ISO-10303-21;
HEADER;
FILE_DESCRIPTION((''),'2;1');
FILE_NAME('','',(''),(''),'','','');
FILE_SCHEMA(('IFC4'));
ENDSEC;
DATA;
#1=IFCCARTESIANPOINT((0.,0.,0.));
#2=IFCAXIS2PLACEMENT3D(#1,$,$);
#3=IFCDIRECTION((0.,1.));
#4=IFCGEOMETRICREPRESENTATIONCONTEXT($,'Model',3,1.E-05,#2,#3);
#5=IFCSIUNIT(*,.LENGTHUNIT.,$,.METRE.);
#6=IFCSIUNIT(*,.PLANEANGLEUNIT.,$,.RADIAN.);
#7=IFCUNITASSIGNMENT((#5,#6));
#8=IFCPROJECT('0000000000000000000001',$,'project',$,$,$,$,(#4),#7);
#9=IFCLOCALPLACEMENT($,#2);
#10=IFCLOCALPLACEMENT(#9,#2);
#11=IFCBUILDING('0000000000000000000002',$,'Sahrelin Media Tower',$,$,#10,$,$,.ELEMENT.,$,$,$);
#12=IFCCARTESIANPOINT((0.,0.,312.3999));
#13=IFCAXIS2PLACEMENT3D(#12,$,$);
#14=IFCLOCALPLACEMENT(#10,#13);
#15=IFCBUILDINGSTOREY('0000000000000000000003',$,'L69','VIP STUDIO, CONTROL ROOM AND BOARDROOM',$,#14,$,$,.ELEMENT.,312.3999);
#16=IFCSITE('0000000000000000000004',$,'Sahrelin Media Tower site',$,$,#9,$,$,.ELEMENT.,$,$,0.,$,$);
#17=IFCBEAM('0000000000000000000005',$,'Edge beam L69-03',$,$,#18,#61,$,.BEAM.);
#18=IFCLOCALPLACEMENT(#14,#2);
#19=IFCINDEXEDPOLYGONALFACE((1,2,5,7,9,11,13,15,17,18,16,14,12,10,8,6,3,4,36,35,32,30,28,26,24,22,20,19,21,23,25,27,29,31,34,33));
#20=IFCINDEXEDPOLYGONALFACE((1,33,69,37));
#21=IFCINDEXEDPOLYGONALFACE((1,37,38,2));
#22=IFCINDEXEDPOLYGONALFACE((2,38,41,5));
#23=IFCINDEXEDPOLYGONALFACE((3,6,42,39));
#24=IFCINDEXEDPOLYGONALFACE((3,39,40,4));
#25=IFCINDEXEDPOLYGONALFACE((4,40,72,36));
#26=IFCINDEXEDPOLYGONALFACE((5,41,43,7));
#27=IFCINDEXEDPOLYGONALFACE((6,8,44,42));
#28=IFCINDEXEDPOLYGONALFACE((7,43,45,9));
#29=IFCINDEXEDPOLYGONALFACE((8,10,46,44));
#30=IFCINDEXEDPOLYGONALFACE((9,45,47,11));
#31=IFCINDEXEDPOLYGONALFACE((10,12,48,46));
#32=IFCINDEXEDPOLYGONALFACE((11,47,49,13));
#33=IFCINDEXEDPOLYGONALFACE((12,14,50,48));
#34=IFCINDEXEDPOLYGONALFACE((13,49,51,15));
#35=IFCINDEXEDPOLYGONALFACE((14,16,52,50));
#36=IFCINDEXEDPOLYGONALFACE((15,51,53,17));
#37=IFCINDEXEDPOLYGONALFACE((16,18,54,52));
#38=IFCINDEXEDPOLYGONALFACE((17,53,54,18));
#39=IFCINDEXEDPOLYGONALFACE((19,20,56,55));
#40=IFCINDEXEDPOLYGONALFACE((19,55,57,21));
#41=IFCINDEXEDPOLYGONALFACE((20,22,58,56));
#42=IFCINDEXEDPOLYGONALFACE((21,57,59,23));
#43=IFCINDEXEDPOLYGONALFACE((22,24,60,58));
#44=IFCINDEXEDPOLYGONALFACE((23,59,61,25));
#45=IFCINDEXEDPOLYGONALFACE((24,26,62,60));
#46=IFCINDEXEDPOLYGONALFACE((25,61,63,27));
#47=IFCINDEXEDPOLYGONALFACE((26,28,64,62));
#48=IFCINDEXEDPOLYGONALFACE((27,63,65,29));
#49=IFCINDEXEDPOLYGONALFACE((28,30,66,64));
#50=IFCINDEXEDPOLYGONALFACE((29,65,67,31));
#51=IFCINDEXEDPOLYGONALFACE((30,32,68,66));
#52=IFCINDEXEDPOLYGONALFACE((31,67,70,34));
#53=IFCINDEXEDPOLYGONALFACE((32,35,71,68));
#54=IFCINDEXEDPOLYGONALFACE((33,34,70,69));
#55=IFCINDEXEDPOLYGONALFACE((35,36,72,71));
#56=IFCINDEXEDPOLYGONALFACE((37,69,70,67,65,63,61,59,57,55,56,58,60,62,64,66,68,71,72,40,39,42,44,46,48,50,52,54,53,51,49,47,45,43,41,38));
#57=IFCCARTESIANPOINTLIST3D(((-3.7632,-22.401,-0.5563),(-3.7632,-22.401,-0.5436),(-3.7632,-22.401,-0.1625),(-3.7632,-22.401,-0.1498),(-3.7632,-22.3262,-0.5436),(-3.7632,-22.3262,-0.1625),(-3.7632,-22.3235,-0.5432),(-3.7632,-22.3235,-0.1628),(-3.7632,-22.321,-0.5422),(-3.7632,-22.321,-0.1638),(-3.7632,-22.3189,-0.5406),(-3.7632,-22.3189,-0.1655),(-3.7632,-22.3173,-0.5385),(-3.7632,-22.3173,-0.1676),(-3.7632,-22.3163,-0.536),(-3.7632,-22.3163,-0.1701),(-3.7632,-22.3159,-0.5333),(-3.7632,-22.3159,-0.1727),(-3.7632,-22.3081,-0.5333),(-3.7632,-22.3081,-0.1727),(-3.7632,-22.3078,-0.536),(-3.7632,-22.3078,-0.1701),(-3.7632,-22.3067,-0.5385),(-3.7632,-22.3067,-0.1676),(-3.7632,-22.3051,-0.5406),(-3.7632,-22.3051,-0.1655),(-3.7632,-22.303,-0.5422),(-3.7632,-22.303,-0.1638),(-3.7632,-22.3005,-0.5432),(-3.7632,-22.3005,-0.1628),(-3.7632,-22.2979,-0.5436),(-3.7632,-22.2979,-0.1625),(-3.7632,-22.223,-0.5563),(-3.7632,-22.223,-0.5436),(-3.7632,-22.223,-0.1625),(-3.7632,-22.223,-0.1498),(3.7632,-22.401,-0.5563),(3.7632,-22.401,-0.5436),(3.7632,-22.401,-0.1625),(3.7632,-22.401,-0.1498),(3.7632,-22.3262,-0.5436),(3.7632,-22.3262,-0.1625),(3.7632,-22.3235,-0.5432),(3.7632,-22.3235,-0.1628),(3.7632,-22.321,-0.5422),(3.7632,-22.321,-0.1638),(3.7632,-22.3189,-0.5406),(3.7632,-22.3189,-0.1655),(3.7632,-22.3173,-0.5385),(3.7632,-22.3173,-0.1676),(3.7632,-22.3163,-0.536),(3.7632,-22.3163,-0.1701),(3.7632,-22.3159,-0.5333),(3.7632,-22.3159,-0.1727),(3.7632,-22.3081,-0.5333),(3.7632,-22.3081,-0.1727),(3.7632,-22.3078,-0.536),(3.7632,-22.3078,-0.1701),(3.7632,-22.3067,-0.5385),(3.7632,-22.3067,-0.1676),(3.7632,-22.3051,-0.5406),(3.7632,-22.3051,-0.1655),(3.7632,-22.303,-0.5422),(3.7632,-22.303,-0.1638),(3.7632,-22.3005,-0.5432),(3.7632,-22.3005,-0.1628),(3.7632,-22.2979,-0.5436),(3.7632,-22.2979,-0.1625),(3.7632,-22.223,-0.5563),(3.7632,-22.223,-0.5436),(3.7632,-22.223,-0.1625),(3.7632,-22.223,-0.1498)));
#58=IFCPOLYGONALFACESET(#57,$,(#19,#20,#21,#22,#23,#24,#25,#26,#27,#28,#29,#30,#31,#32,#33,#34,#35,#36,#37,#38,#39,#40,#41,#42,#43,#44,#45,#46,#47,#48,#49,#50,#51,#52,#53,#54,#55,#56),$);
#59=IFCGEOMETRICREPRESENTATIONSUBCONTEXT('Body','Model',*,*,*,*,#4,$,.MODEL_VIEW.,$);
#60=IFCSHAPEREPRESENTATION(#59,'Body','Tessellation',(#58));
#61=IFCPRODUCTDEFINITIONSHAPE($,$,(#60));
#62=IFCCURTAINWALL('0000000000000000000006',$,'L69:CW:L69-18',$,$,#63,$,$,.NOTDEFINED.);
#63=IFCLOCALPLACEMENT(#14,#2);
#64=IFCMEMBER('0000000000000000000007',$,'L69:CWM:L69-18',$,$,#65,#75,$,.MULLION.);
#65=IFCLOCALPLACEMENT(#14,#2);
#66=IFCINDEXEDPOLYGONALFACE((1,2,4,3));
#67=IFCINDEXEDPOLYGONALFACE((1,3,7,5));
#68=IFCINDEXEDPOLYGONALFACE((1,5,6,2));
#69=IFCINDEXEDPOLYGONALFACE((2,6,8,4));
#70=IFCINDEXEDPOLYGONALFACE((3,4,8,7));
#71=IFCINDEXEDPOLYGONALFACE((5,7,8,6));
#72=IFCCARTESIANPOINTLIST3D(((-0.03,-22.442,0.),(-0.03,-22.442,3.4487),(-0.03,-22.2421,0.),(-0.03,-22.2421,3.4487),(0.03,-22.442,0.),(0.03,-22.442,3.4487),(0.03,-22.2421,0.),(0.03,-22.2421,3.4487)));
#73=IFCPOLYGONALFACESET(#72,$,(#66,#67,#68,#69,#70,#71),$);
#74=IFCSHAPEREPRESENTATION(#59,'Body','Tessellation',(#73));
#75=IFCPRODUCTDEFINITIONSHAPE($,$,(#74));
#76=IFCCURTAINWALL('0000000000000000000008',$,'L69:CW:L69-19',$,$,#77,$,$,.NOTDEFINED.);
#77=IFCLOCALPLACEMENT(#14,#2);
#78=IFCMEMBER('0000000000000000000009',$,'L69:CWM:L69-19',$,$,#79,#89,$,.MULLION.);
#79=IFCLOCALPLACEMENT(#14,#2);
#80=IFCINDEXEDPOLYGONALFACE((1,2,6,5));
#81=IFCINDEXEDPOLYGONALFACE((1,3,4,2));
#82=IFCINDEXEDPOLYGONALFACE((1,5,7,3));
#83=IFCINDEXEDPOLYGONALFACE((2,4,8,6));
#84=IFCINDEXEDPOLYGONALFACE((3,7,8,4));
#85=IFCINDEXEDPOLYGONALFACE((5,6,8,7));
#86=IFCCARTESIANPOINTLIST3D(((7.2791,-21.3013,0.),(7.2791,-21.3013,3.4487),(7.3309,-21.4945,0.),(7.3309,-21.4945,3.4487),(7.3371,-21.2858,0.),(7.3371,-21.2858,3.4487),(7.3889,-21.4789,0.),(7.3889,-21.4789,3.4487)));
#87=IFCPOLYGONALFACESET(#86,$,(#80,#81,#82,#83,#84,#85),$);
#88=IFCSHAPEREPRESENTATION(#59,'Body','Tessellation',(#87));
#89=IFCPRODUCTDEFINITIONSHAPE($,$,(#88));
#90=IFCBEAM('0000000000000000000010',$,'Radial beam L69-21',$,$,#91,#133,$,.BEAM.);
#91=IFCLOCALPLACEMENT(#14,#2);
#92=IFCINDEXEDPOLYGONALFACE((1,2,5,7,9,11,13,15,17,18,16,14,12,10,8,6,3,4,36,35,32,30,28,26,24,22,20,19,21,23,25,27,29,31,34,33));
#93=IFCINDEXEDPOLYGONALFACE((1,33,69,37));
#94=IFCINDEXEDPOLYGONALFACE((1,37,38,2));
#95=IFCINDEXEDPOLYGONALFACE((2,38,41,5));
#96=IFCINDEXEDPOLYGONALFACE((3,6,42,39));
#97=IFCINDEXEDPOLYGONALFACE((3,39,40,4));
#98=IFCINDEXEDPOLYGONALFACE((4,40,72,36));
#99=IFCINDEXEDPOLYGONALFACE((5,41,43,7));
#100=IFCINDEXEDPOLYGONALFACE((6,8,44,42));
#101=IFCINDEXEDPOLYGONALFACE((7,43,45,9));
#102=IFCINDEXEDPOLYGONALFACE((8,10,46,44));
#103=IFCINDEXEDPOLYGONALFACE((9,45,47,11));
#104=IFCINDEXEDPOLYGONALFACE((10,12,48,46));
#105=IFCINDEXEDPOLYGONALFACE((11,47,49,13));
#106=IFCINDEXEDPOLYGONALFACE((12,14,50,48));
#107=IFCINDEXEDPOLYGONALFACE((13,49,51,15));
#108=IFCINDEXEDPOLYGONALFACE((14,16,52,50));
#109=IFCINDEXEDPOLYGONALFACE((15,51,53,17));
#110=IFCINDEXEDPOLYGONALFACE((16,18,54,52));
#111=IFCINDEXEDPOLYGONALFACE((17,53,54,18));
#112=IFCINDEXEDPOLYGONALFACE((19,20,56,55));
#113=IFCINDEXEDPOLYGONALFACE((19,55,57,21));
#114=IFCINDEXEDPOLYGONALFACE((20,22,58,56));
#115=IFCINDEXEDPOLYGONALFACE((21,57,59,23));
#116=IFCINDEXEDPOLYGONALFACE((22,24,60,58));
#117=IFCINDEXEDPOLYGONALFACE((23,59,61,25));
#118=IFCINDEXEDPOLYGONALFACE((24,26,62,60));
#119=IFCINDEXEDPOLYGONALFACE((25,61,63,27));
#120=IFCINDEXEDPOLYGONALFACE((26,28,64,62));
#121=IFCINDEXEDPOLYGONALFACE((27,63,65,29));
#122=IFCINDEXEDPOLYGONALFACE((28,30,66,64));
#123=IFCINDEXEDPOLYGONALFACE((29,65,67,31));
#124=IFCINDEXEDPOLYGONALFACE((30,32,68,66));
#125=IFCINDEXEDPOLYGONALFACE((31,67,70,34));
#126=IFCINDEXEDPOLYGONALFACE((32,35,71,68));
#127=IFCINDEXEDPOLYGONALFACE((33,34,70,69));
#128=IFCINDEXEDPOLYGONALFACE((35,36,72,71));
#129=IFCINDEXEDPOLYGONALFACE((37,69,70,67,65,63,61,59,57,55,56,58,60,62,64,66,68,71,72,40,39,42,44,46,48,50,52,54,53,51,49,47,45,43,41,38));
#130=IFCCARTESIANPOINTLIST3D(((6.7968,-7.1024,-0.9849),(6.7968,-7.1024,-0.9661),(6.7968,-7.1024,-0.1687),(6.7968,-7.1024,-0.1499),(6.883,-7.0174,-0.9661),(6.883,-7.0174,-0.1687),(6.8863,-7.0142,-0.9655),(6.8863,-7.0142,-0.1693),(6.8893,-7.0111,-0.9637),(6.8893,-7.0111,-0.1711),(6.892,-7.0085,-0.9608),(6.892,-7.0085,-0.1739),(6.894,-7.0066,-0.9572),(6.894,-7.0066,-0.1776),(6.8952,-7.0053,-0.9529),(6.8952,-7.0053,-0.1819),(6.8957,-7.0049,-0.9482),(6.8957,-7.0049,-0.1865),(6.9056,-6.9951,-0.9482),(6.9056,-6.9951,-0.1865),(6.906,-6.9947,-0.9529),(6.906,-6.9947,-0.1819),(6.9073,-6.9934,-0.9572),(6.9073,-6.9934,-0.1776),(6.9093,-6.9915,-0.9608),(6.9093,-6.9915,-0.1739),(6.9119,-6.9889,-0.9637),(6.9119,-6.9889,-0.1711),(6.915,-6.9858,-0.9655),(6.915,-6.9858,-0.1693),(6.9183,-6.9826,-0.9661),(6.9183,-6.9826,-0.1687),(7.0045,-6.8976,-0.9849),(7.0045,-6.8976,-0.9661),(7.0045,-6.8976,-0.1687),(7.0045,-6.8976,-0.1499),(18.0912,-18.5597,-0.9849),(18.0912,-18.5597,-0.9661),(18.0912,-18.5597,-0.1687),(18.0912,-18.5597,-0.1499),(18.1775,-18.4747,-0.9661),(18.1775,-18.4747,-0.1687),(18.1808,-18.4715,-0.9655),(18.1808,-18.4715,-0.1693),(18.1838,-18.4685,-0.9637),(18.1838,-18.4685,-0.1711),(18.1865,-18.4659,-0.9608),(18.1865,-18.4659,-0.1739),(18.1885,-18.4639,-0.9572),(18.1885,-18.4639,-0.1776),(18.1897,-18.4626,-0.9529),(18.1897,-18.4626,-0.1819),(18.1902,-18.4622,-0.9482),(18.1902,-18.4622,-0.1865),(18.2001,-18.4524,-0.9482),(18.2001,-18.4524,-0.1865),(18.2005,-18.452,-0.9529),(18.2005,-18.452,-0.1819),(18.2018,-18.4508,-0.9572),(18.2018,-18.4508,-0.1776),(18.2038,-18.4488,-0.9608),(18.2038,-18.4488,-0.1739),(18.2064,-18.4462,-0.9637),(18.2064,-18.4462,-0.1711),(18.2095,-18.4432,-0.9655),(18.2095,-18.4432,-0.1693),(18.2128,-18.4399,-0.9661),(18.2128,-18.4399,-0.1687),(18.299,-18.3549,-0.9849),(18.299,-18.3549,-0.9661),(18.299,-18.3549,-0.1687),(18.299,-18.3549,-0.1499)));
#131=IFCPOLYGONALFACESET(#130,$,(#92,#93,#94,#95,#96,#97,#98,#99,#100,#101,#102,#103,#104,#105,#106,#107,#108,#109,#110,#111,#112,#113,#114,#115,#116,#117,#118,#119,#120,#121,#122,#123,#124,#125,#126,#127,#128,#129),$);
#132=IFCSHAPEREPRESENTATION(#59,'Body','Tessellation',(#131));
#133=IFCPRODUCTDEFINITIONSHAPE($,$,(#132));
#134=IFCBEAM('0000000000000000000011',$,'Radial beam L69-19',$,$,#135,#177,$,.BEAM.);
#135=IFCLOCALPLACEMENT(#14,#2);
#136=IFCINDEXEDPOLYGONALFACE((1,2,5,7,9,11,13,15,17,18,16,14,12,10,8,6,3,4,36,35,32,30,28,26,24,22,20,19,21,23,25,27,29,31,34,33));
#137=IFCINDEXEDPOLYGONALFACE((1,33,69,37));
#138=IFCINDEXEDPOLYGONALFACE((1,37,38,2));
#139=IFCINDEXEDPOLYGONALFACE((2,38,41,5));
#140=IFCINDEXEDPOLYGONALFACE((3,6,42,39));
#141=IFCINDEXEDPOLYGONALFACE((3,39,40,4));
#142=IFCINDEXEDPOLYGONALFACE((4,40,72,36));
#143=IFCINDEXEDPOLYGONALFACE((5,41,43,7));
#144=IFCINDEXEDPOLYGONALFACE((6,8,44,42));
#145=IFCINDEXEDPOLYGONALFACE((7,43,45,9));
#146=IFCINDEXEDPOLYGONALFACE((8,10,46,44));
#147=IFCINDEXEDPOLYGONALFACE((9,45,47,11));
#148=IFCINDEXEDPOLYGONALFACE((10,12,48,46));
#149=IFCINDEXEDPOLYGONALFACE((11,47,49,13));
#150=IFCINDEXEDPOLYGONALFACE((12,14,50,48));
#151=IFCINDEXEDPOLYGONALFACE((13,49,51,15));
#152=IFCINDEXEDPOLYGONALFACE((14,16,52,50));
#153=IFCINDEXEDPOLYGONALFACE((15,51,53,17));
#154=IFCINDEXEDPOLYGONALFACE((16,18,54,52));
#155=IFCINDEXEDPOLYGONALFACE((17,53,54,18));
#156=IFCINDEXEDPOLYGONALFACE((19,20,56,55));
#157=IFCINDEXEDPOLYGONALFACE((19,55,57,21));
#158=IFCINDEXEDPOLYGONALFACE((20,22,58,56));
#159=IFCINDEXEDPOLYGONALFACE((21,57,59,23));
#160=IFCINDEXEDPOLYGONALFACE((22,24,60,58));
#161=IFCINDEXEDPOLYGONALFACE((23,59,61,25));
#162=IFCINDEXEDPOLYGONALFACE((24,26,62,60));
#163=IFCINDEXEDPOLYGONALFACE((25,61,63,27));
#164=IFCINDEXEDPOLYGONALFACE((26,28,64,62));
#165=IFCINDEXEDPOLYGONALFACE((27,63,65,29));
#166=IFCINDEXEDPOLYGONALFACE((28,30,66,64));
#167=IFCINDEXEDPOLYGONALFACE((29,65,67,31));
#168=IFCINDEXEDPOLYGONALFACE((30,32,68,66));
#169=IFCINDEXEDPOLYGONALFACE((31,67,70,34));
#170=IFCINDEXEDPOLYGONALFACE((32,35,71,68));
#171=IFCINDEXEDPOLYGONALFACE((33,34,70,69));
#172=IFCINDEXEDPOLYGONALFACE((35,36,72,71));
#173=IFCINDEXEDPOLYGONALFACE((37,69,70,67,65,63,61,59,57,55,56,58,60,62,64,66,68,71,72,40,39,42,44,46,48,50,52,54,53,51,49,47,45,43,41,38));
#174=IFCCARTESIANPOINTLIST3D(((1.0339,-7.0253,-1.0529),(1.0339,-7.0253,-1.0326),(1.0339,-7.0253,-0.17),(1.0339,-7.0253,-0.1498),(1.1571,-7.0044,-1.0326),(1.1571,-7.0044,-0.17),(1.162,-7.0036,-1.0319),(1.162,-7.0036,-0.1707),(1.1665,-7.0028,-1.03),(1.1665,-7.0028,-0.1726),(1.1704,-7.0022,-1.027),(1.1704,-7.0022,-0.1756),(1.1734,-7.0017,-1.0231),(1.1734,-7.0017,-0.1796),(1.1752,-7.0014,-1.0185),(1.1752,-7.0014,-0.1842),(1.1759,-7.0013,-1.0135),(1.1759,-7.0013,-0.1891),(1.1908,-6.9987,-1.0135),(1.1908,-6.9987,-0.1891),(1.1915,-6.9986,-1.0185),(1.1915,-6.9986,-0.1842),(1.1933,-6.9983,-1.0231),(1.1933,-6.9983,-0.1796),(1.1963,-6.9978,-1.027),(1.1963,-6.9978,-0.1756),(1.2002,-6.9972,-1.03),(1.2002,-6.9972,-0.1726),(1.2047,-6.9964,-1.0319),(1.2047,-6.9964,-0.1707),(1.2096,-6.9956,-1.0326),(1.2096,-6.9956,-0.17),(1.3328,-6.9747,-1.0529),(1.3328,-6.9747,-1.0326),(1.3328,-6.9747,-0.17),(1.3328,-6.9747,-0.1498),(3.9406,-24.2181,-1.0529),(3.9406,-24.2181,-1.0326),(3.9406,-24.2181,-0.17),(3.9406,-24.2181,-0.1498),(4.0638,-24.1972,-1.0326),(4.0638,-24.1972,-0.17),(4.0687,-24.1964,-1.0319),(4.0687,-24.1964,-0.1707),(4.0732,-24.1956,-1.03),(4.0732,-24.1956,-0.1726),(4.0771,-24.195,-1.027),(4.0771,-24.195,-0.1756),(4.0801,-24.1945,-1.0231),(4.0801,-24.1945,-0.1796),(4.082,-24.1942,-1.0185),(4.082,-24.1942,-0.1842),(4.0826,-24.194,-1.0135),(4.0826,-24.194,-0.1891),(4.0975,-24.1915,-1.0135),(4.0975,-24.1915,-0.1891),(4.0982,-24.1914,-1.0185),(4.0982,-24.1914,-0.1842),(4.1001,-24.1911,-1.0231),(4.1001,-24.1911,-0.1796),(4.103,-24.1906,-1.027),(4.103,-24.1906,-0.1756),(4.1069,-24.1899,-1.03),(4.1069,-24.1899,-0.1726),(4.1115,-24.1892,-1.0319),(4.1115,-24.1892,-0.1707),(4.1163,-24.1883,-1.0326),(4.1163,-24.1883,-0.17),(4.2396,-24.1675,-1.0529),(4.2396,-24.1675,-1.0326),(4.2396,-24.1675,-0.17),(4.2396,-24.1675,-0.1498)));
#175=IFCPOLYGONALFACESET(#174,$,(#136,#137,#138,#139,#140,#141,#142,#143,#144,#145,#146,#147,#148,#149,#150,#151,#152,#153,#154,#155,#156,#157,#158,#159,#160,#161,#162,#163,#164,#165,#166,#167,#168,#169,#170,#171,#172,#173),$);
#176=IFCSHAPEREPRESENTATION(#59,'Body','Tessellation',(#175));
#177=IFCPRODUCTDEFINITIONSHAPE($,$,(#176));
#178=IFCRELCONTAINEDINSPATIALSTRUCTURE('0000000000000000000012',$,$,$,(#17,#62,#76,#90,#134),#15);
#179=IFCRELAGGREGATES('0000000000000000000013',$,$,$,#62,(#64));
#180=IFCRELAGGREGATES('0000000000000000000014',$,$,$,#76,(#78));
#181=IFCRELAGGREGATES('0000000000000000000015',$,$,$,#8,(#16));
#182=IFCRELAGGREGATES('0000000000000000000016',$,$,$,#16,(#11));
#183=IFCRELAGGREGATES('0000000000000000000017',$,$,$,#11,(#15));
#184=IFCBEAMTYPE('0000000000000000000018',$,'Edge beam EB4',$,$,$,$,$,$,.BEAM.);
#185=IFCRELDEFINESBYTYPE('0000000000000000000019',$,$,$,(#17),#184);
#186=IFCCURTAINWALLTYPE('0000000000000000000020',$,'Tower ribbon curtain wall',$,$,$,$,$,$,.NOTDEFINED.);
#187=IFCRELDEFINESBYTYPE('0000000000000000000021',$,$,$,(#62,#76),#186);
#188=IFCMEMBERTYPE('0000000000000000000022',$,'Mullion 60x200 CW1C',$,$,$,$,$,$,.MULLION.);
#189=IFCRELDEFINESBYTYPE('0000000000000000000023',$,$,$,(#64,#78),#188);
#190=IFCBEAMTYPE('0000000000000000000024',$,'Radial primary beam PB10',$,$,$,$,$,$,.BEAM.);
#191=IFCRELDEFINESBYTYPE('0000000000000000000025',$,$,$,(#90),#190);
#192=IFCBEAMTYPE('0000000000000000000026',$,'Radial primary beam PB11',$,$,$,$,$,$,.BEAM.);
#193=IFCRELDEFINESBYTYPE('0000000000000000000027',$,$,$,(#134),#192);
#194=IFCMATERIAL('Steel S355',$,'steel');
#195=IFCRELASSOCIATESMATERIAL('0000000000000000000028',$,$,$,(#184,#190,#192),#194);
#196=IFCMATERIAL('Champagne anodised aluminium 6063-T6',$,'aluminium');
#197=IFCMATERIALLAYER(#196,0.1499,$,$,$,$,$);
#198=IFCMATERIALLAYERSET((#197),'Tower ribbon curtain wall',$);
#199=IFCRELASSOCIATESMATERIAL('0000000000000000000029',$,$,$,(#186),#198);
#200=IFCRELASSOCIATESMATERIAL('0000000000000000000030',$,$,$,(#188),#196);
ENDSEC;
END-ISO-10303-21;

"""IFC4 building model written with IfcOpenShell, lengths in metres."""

from ifc_helpers import new_model, si_unit, direction, frame, origin, origin_2d, place, context, subcontext, project, spatial, rectangle, i_section, extrude, material, layer, layer_set, material_profile, profile_set, type_object, element, aggregate, save


model = new_model("IFC4")

# Units and contexts
model_context = context("Model", 3, precision=1e-05, world=origin(), true_north=direction((0.0, 1.0)))
body_context = subcontext(model_context, "Body", "Model", "MODEL_VIEW")
ifc_project = project(units=[si_unit("LENGTHUNIT", "METRE"), si_unit("PLANEANGLEUNIT", "RADIAN")], contexts=[model_context])

# Site, building, storey
site_placement = place(None, origin())
site = spatial("IfcSite", under=ifc_project, at=site_placement, Name="Sahrelin Media Tower site", CompositionType="ELEMENT", RefElevation=0.0)
building_placement = place(site_placement, origin())
building = spatial("IfcBuilding", under=site, at=building_placement, Name="Sahrelin Media Tower", CompositionType="ELEMENT")
storey_placement = place(building_placement, frame((0.0, 0.0, 312.3999)))
storey = spatial("IfcBuildingStorey", under=building, at=storey_placement, Name="L69", Description="VIP STUDIO, CONTROL ROOM AND BOARDROOM", CompositionType="ELEMENT", Elevation=312.3999)

# Beam
ifc_material_1 = material(Name="Steel S355", Category="steel")
ifc_material_profile_1 = material_profile(ifc_material_1, i_section(OverallWidth=0.178, OverallDepth=0.4065, WebThickness=0.0078, FlangeThickness=0.0127, FilletRadius=0.0103, at=origin_2d()), Name="UB 406x178x60")
ifc_profile_set_1 = profile_set([ifc_material_profile_1], Name="Steel S355")
beam_type_1 = type_object("IfcBeamType", Name="Edge beam EB4", PredefinedType="BEAM", material=ifc_profile_set_1)
beam_1_placement = place(storey_placement, frame((3.7632, -22.312, -0.353), z_axis=(-1.0, 0.0, 0.0), x_axis=(0.0, -1.0, 0.0)))
element("IfcBeam", 1, at=beam_1_placement, inside=storey, type_object=beam_type_1, Name="Edge beam L69-03", PredefinedType="BEAM", context=body_context, shape_type="SweptSolid", body=[
    extrude(i_section(OverallWidth=0.178, OverallDepth=0.4065, WebThickness=0.0078, FlangeThickness=0.0127, FilletRadius=0.0103, at=origin_2d()), origin(), (0.0, 0.0, 1.0), 7.5264),
])

# Curtain walls, members
ifc_material_2 = material(Name="Champagne anodised aluminium 6063-T6", Category="aluminium")
ifc_layer_1 = layer(ifc_material_2, 0.1499)
ifc_layer_set_1 = layer_set([ifc_layer_1], Name="Tower ribbon curtain wall")
curtain_wall_type = type_object("IfcCurtainWallType", Name="Tower ribbon curtain wall", PredefinedType="NOTDEFINED", material=ifc_layer_set_1)
curtain_wall_1_placement = place(storey_placement, frame((0.0, -22.4622, 0.0), z_axis=(0.0, 0.0, 1.0), x_axis=(1.0, 0.0, 0.0)))
curtain_wall_1 = element("IfcCurtainWall", 2, at=curtain_wall_1_placement, inside=storey, type_object=curtain_wall_type, Name="L69:CW:L69-18", PredefinedType="NOTDEFINED")
ifc_material_profile_2 = material_profile(ifc_material_2, rectangle(XDim=0.0601, YDim=0.2, at=origin_2d()), Name="Mullion 60x200")
ifc_profile_set_2 = profile_set([ifc_material_profile_2], Name="Champagne anodised aluminium 6063-T6")
member_type_1 = type_object("IfcMemberType", Name="Mullion 60x200 CW1C", PredefinedType="MULLION", material=ifc_profile_set_2)
member_1_placement = place(storey_placement, frame((0.0, -22.342, 0.0), z_axis=(0.0, 0.0, 1.0), x_axis=(1.0, 0.0, 0.0)))
member_1 = element("IfcMember", 3, at=member_1_placement, type_object=member_type_1, Name="L69:CWM:L69-18", PredefinedType="MULLION", context=body_context, shape_type="SweptSolid", body=[
    extrude(rectangle(XDim=0.0601, YDim=0.2, at=origin_2d()), origin(), (0.0, 0.0, 1.0), 3.4487),
])
aggregate(curtain_wall_1, [member_1])
curtain_wall_2_placement = place(storey_placement, frame((7.365, -21.5061, 0.0), z_axis=(0.0, 0.0, 1.0), x_axis=(1.0, 0.0, 0.0)))
curtain_wall_2 = element("IfcCurtainWall", 4, at=curtain_wall_2_placement, inside=storey, type_object=curtain_wall_type, Name="L69:CW:L69-19", PredefinedType="NOTDEFINED")
member_2_placement = place(storey_placement, frame((7.334, -21.3901, 0.0), z_axis=(0.0, 0.0, 1.0), x_axis=(0.965926, 0.258819, 0.0)))
member_2 = element("IfcMember", 5, at=member_2_placement, type_object=member_type_1, Name="L69:CWM:L69-19", PredefinedType="MULLION", context=body_context, shape_type="SweptSolid", body=[
    extrude(rectangle(XDim=0.0601, YDim=0.2, at=origin_2d()), origin(), (0.0, 0.0, 1.0), 3.4487),
])

# Beams
ifc_material_profile_3 = material_profile(ifc_material_1, i_section(OverallWidth=0.2917, OverallDepth=0.835, WebThickness=0.0139, FlangeThickness=0.0188, FilletRadius=0.0178, at=origin_2d()), Name="UB 838x292x176")
ifc_profile_set_3 = profile_set([ifc_material_profile_3], Name="Steel S355")
beam_type_2 = type_object("IfcBeamType", Name="Radial primary beam PB10", PredefinedType="BEAM", material=ifc_profile_set_3)
beam_2_placement = place(storey_placement, frame((6.9006, -7.0, -0.5674), z_axis=(0.702028, -0.71215, 0.0), x_axis=(0.71215, 0.702028, 0.0)))
element("IfcBeam", 6, at=beam_2_placement, inside=storey, type_object=beam_type_2, Name="Radial beam L69-21", PredefinedType="BEAM", context=body_context, shape_type="SweptSolid", body=[
    extrude(i_section(OverallWidth=0.2917, OverallDepth=0.835, WebThickness=0.0139, FlangeThickness=0.0188, FilletRadius=0.0178, at=origin_2d()), origin(), (0.0, 0.0, 1.0), 16.0884),
])
ifc_material_profile_4 = material_profile(ifc_material_1, i_section(OverallWidth=0.3032, OverallDepth=0.9031, WebThickness=0.0151, FlangeThickness=0.0203, FilletRadius=0.019, at=origin_2d()), Name="UB 914x305x201")
ifc_profile_set_4 = profile_set([ifc_material_profile_4], Name="Steel S355")
beam_type_3 = type_object("IfcBeamType", Name="Radial primary beam PB11", PredefinedType="BEAM", material=ifc_profile_set_4)
beam_3_placement = place(storey_placement, frame((1.1833, -7.0, -0.6013), z_axis=(0.166701, -0.986008, 0.0), x_axis=(0.986008, 0.166701, 0.0)))
element("IfcBeam", 7, at=beam_3_placement, inside=storey, type_object=beam_type_3, Name="Radial beam L69-19", PredefinedType="BEAM", context=body_context, shape_type="SweptSolid", body=[
    extrude(i_section(OverallWidth=0.3032, OverallDepth=0.9031, WebThickness=0.0151, FlangeThickness=0.0203, FilletRadius=0.019, at=origin_2d()), origin(), (0.0, 0.0, 1.0), 17.4368),
])

aggregate(curtain_wall_2, [member_2])

save(model, "model.ifc")
